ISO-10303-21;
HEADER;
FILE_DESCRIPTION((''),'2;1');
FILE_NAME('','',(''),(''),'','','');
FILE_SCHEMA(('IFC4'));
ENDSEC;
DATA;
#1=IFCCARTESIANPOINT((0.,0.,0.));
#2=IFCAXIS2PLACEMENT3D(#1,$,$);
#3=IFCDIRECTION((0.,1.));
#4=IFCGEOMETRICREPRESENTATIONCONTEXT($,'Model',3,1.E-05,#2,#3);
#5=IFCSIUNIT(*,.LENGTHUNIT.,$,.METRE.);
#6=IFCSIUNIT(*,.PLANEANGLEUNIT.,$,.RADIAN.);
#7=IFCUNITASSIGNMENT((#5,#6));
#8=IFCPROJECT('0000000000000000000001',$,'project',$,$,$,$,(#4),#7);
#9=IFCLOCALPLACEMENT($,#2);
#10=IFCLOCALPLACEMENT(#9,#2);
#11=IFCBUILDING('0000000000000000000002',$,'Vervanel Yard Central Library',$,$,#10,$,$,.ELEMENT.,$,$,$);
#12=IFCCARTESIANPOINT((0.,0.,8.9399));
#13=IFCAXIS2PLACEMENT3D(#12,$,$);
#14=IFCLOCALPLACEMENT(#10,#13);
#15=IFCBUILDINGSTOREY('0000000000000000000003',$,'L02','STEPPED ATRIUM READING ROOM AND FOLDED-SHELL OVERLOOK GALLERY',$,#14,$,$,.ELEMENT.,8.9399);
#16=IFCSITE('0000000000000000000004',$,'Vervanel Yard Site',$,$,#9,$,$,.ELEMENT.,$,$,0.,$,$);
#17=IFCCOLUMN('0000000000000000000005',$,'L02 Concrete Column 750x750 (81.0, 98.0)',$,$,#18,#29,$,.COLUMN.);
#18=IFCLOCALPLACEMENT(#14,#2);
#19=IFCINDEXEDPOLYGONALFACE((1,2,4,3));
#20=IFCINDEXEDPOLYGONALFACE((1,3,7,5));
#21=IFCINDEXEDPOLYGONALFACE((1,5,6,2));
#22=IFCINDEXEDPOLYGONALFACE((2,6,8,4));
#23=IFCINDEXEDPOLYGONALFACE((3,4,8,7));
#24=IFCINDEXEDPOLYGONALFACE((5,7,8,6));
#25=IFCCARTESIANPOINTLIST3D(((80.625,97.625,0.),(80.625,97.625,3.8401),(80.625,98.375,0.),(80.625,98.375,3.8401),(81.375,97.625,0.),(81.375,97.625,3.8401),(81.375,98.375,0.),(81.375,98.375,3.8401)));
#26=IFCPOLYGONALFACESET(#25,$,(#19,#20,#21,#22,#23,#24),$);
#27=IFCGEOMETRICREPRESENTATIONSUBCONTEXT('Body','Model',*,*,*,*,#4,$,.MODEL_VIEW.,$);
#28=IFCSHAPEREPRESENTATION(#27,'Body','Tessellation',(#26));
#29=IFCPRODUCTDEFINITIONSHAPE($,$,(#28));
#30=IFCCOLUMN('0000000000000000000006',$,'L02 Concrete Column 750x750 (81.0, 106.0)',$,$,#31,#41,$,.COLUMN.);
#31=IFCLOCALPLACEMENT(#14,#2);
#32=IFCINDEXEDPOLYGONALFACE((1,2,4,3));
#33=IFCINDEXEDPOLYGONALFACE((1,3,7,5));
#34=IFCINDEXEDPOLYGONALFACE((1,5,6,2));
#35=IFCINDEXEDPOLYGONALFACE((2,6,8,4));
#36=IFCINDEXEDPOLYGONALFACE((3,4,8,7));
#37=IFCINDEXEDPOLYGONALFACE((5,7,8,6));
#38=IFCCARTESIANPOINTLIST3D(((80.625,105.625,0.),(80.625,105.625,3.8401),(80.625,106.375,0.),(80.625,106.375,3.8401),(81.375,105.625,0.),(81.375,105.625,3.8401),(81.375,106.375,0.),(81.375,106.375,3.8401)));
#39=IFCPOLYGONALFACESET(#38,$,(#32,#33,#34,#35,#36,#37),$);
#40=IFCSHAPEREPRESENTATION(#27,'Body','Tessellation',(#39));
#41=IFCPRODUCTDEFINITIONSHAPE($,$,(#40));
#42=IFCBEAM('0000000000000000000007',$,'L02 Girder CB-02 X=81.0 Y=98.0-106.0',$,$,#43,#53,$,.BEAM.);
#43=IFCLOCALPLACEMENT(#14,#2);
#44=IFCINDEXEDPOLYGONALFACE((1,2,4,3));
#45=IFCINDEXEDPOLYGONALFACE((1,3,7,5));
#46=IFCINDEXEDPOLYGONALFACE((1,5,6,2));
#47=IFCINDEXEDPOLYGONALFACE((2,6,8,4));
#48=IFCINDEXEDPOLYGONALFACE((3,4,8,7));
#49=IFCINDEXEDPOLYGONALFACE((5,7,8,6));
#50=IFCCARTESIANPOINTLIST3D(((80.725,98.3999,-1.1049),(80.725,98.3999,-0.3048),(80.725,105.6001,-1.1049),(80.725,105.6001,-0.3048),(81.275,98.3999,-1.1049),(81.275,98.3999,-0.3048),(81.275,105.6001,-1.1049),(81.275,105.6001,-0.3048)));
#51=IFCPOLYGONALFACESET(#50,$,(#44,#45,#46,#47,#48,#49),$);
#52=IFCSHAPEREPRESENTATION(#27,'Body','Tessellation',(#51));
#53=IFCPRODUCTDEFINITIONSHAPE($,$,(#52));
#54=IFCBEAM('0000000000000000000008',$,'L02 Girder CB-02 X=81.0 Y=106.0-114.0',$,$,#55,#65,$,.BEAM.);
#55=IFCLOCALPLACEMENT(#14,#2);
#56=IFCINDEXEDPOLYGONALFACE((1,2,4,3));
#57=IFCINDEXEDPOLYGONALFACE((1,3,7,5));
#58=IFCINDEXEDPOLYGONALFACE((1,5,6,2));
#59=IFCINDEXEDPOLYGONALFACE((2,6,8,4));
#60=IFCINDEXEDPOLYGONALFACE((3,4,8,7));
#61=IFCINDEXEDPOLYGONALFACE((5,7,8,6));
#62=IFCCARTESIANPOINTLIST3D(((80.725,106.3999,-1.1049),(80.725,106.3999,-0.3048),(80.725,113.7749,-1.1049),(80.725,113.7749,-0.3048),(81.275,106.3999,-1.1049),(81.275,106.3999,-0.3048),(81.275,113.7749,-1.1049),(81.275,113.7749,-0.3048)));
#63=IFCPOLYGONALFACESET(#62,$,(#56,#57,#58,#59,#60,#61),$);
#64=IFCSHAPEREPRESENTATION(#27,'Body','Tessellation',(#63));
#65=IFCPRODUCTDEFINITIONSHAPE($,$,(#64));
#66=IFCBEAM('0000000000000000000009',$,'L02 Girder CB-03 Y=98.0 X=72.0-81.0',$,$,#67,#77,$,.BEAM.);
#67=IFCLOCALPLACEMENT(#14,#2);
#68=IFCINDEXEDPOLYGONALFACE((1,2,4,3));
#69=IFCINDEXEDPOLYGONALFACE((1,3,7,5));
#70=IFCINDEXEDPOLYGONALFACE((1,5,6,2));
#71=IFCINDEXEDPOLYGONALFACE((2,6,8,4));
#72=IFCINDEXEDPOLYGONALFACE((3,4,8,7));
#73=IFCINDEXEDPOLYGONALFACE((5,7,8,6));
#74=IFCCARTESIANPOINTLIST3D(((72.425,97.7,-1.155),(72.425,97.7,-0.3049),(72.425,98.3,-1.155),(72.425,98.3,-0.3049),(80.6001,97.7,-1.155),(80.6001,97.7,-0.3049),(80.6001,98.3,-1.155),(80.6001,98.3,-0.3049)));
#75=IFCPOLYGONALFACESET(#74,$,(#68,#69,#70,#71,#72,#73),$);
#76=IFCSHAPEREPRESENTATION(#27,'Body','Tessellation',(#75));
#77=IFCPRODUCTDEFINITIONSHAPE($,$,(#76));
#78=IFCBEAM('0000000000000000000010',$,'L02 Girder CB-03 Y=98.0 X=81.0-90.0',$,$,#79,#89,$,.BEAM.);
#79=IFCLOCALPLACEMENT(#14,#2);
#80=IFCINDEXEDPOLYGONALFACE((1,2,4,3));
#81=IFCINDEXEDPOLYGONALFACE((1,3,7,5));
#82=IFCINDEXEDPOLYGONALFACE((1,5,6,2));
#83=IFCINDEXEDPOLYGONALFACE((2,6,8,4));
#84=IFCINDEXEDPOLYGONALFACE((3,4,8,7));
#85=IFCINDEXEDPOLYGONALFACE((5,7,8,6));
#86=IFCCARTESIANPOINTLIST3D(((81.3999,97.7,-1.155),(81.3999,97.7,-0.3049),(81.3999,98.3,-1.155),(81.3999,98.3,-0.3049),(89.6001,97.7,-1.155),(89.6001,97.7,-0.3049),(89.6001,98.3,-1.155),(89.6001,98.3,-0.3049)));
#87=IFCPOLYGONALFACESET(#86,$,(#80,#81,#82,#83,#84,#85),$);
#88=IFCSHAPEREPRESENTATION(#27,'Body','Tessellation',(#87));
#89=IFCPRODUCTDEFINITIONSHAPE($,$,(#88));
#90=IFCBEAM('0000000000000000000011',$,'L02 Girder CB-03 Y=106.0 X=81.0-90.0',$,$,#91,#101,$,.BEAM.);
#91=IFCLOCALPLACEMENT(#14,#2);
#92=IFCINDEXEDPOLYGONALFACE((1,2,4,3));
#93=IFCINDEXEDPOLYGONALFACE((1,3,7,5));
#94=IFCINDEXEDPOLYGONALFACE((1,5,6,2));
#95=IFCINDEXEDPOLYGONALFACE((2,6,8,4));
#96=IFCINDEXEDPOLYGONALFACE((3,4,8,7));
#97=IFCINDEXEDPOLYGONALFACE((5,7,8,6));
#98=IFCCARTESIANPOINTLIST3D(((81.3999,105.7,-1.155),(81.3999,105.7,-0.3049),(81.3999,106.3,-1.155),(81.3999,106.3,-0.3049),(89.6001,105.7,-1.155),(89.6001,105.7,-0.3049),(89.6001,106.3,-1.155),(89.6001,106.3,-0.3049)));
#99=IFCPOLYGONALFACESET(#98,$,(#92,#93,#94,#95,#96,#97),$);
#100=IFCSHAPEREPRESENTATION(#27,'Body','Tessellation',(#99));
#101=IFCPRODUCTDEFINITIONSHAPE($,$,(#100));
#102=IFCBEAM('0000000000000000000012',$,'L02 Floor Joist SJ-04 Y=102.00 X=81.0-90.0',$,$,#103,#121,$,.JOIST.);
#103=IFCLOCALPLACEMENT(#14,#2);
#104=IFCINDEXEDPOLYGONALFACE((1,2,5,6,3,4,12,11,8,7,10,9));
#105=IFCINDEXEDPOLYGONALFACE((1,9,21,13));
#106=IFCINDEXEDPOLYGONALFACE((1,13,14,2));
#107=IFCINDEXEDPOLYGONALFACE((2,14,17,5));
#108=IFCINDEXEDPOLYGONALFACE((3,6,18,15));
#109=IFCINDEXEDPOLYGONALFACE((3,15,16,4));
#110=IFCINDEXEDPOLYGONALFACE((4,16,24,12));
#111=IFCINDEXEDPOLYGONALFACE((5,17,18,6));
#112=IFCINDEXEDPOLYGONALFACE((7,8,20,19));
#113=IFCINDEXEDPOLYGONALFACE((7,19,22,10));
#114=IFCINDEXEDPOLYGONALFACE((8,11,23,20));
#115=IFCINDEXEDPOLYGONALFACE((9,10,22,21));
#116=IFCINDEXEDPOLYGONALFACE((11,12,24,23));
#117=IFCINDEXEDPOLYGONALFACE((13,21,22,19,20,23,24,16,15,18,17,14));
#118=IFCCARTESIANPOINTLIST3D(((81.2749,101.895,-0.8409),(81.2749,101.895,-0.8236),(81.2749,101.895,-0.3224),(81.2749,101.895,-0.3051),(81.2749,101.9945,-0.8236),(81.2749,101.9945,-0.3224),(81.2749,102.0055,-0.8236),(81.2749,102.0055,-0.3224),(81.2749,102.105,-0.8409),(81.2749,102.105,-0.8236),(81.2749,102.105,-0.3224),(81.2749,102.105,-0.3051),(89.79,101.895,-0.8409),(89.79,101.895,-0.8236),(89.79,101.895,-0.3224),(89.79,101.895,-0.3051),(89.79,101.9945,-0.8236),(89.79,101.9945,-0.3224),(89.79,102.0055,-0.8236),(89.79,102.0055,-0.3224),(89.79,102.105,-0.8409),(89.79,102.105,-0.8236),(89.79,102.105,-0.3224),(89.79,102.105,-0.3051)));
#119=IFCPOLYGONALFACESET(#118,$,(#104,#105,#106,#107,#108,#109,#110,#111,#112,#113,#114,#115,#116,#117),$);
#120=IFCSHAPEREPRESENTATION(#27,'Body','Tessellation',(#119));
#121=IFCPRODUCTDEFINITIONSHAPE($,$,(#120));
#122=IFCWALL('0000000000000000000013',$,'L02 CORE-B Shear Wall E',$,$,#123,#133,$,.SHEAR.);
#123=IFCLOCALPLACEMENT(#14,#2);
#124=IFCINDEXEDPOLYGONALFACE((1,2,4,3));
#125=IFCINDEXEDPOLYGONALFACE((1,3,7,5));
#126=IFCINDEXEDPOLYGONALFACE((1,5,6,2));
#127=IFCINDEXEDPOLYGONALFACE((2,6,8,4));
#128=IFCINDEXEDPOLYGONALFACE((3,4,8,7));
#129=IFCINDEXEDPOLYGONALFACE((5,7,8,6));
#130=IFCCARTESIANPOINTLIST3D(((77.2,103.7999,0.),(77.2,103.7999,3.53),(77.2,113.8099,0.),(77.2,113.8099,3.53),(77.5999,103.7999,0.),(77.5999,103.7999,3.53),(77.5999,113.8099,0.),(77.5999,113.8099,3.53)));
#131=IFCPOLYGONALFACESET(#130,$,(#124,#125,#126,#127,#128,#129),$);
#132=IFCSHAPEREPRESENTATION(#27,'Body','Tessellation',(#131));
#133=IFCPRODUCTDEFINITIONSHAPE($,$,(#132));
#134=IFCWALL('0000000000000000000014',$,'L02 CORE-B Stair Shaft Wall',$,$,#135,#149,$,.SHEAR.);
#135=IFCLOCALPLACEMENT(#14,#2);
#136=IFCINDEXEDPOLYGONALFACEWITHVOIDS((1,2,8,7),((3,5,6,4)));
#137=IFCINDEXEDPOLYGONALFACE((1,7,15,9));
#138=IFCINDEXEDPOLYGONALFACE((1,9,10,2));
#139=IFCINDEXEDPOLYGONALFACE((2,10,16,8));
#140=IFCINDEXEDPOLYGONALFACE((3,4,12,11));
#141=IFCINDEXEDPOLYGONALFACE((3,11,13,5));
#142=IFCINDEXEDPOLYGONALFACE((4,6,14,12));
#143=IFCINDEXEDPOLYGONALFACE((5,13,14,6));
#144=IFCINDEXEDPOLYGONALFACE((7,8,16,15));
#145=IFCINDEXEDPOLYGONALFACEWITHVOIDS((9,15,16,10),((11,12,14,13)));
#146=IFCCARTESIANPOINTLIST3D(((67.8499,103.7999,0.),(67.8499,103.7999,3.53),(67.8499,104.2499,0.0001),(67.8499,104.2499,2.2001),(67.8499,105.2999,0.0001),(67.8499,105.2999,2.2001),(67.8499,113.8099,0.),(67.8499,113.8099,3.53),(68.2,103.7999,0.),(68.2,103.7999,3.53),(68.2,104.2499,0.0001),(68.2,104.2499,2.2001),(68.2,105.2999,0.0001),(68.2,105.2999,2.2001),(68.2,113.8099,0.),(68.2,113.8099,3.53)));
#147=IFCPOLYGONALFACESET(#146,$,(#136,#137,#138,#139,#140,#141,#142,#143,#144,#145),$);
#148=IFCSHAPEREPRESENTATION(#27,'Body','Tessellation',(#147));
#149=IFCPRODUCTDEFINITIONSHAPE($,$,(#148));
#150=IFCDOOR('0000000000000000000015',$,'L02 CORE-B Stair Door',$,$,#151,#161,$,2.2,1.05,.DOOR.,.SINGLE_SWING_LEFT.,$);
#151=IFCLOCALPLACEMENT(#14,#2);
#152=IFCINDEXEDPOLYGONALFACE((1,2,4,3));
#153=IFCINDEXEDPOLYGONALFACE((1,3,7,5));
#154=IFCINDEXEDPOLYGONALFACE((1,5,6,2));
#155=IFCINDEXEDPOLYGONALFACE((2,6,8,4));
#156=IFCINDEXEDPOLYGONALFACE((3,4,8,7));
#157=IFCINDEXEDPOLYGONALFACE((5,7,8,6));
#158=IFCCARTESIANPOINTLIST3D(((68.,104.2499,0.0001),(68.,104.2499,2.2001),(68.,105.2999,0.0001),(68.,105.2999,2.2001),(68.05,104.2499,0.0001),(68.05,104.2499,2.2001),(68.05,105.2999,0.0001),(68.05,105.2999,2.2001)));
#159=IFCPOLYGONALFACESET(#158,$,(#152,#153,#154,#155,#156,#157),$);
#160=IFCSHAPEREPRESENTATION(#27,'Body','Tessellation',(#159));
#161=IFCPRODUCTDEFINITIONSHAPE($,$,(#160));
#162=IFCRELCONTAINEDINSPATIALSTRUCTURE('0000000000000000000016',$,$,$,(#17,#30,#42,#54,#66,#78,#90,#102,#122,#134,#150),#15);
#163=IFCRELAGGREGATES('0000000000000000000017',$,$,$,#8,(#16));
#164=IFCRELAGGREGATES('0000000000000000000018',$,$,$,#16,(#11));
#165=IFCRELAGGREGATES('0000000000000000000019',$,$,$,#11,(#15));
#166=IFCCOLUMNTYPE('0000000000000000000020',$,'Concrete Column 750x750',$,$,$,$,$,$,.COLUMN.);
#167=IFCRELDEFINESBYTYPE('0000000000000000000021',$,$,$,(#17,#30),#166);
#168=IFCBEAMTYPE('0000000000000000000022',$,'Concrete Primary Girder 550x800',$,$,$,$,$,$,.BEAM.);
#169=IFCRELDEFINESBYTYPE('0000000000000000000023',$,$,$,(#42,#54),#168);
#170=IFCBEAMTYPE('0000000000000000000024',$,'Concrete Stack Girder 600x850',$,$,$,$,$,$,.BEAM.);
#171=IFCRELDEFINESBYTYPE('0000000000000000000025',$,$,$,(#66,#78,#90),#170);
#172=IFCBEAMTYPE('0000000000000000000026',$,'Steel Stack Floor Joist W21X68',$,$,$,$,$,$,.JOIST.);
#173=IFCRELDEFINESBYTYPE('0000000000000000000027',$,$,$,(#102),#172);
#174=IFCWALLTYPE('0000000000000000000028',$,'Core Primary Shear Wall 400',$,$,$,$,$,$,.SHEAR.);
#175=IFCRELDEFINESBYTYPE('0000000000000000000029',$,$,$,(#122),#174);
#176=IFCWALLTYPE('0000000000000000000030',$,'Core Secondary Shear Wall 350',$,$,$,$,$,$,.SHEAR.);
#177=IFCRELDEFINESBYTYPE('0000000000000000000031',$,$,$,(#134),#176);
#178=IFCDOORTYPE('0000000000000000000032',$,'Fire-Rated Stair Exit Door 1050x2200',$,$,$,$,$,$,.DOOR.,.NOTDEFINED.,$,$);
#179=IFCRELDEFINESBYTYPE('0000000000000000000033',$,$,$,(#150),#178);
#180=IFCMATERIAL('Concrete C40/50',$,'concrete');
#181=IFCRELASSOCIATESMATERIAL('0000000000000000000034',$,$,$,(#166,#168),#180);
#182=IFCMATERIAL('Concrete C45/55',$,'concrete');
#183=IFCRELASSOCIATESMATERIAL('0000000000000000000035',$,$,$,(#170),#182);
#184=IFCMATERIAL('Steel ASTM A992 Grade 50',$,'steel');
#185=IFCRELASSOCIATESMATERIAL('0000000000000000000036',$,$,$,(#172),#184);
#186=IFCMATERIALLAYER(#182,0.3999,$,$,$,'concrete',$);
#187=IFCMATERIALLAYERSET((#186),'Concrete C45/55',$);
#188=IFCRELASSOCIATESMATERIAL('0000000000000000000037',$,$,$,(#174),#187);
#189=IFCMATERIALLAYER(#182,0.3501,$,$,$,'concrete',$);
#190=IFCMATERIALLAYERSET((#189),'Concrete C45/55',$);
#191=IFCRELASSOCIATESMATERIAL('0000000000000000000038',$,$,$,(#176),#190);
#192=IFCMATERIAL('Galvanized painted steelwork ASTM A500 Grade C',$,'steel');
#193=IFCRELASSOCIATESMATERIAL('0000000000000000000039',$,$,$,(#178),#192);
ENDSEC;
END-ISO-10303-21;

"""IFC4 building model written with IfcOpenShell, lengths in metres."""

from ifc_helpers import new_model, si_unit, direction, frame, frame_2d, origin, origin_2d, place, context, subcontext, project, spatial, rectangle, i_section, extrude, material, layer, layer_set, material_profile, profile_set, type_object, element, fill, save


model = new_model("IFC4")

# Units and contexts
model_context = context("Model", 3, precision=1e-05, world=origin(), true_north=direction((0.0, 1.0)))
body_context = subcontext(model_context, "Body", "Model", "MODEL_VIEW")
ifc_project = project(units=[si_unit("LENGTHUNIT", "METRE"), si_unit("PLANEANGLEUNIT", "RADIAN")], contexts=[model_context])

# Site, building, storey
site_placement = place(None, origin())
site = spatial("IfcSite", under=ifc_project, at=site_placement, Name="Vervanel Yard Site", CompositionType="ELEMENT", RefElevation=0.0)
building_placement = place(site_placement, origin())
building = spatial("IfcBuilding", under=site, at=building_placement, Name="Vervanel Yard Central Library", CompositionType="ELEMENT")
storey_placement = place(building_placement, frame((0.0, 0.0, 8.9399)))
storey = spatial("IfcBuildingStorey", under=building, at=storey_placement, Name="L02", Description="STEPPED ATRIUM READING ROOM AND FOLDED-SHELL OVERLOOK GALLERY", CompositionType="ELEMENT", Elevation=8.9399)

# Columns
ifc_material_1 = material(Name="Concrete C40/50", Category="concrete")
ifc_material_profile_1 = material_profile(ifc_material_1, rectangle(XDim=0.75, YDim=0.75, at=origin_2d()), Name="RC 750x750", Category="concrete")
ifc_profile_set_1 = profile_set([ifc_material_profile_1], Name="Concrete C40/50")
column_type = type_object("IfcColumnType", Name="Concrete Column 750x750", PredefinedType="COLUMN", material=ifc_profile_set_1)
for number, where, z_axis, x_axis, name in (
    (1, (81.0, 98.0, 0.0), (0.0, 0.0, 1.0), (1.0, 0.0, 0.0), "L02 Concrete Column 750x750 (81.0, 98.0)"),
    (2, (81.0, 106.0, 0.0), (0.0, 0.0, 1.0), (1.0, 0.0, 0.0), "L02 Concrete Column 750x750 (81.0, 106.0)"),
):
    element("IfcColumn", number, at=place(storey_placement, frame(where, z_axis=z_axis, x_axis=x_axis)), inside=storey, type_object=column_type, Name=name, PredefinedType="COLUMN", context=body_context, shape_type="SweptSolid", body=[
        extrude(rectangle(XDim=0.75, YDim=0.75, at=origin_2d()), origin(), (0.0, 0.0, 1.0), 3.8401),
    ])

# Beams
ifc_material_profile_2 = material_profile(ifc_material_1, rectangle(XDim=0.55, YDim=0.8, at=origin_2d()), Name="RC 550x800", Category="concrete")
ifc_profile_set_2 = profile_set([ifc_material_profile_2], Name="Concrete C40/50")
beam_type_1 = type_object("IfcBeamType", Name="Concrete Primary Girder 550x800", PredefinedType="BEAM", material=ifc_profile_set_2)
beam_1_placement = place(storey_placement, frame((81.0, 98.3999, -0.7048), z_axis=(0.0, 1.0, 0.0), x_axis=(-1.0, 0.0, 0.0)))
element("IfcBeam", 3, at=beam_1_placement, inside=storey, type_object=beam_type_1, Name="L02 Girder CB-02 X=81.0 Y=98.0-106.0", PredefinedType="BEAM", context=body_context, shape_type="SweptSolid", body=[
    extrude(rectangle(XDim=0.55, YDim=0.8, at=origin_2d()), origin(), (0.0, 0.0, 1.0), 7.2002),
])
beam_2_placement = place(storey_placement, frame((81.0, 106.3999, -0.7048), z_axis=(0.0, 1.0, 0.0), x_axis=(-1.0, 0.0, 0.0)))
element("IfcBeam", 4, at=beam_2_placement, inside=storey, type_object=beam_type_1, Name="L02 Girder CB-02 X=81.0 Y=106.0-114.0", PredefinedType="BEAM", context=body_context, shape_type="SweptSolid", body=[
    extrude(rectangle(XDim=0.55, YDim=0.8, at=origin_2d()), origin(), (0.0, 0.0, 1.0), 7.375),
])
ifc_material_2 = material(Name="Concrete C45/55", Category="concrete")
ifc_material_profile_3 = material_profile(ifc_material_2, rectangle(XDim=0.6001, YDim=0.8501, at=origin_2d()), Name="RC 600x850", Category="concrete")
ifc_profile_set_3 = profile_set([ifc_material_profile_3], Name="Concrete C45/55")
beam_type_2 = type_object("IfcBeamType", Name="Concrete Stack Girder 600x850", PredefinedType="BEAM", material=ifc_profile_set_3)
beam_3_placement = place(storey_placement, frame((72.425, 98.0, -0.73), z_axis=(1.0, 0.0, 0.0), x_axis=(0.0, 1.0, 0.0)))
element("IfcBeam", 5, at=beam_3_placement, inside=storey, type_object=beam_type_2, Name="L02 Girder CB-03 Y=98.0 X=72.0-81.0", PredefinedType="BEAM", context=body_context, shape_type="SweptSolid", body=[
    extrude(rectangle(XDim=0.6001, YDim=0.8501, at=origin_2d()), origin(), (0.0, 0.0, 1.0), 8.175),
])
for number, where, z_axis, x_axis, name in (
    (6, (81.3999, 98.0, -0.73), (1.0, 0.0, 0.0), (0.0, 1.0, 0.0), "L02 Girder CB-03 Y=98.0 X=81.0-90.0"),
    (7, (81.3999, 106.0, -0.73), (1.0, 0.0, 0.0), (0.0, 1.0, 0.0), "L02 Girder CB-03 Y=106.0 X=81.0-90.0"),
):
    element("IfcBeam", number, at=place(storey_placement, frame(where, z_axis=z_axis, x_axis=x_axis)), inside=storey, type_object=beam_type_2, Name=name, PredefinedType="BEAM", context=body_context, shape_type="SweptSolid", body=[
        extrude(rectangle(XDim=0.6001, YDim=0.8501, at=origin_2d()), origin(), (0.0, 0.0, 1.0), 8.2002),
    ])
ifc_material_3 = material(Name="Steel ASTM A992 Grade 50", Category="steel")
ifc_material_profile_4 = material_profile(ifc_material_3, i_section(OverallWidth=0.21, OverallDepth=0.5359, WebThickness=0.011, FlangeThickness=0.0173, at=origin_2d()), Name="W21X68", Category="steel")
ifc_profile_set_4 = profile_set([ifc_material_profile_4], Name="Steel ASTM A992 Grade 50")
beam_type_3 = type_object("IfcBeamType", Name="Steel Stack Floor Joist W21X68", PredefinedType="JOIST", material=ifc_profile_set_4)
beam_4_placement = place(storey_placement, frame((81.2749, 102.0, -0.573), z_axis=(1.0, 0.0, 0.0), x_axis=(0.0, 1.0, 0.0)))
element("IfcBeam", 8, at=beam_4_placement, inside=storey, type_object=beam_type_3, Name="L02 Floor Joist SJ-04 Y=102.00 X=81.0-90.0", PredefinedType="JOIST", context=body_context, shape_type="SweptSolid", body=[
    extrude(i_section(OverallWidth=0.21, OverallDepth=0.5359, WebThickness=0.011, FlangeThickness=0.0173, at=origin_2d()), origin(), (0.0, 0.0, 1.0), 8.5151),
])

# Wall
ifc_layer_1 = layer(ifc_material_2, 0.3999, Category="concrete")
ifc_layer_set_1 = layer_set([ifc_layer_1], Name="Concrete C45/55")
wall_type_1 = type_object("IfcWallType", Name="Core Primary Shear Wall 400", PredefinedType="SHEAR", material=ifc_layer_set_1)
wall_1_placement = place(storey_placement, frame((77.3999, 103.8, 0.0), z_axis=(0.0, 0.0, 1.0), x_axis=(0.0, 1.0, 0.0)))
element("IfcWall", 9, at=wall_1_placement, inside=storey, type_object=wall_type_1, Name="L02 CORE-B Shear Wall E", PredefinedType="SHEAR", context=body_context, shape_type="SweptSolid", body=[
    extrude(rectangle(XDim=10.01, YDim=0.3999, at=frame_2d((5.0049, 0.0))), origin(), (0.0, 0.0, 1.0), 3.53),
])

# Wall, opening, door
ifc_layer_2 = layer(ifc_material_2, 0.3501, Category="concrete")
ifc_layer_set_2 = layer_set([ifc_layer_2], Name="Concrete C45/55")
wall_type_2 = type_object("IfcWallType", Name="Core Secondary Shear Wall 350", PredefinedType="SHEAR", material=ifc_layer_set_2)
wall_2_placement = place(storey_placement, frame((68.0249, 103.8, 0.0), z_axis=(0.0, 0.0, 1.0), x_axis=(0.0, 1.0, 0.0)))
wall_2 = element("IfcWall", 10, at=wall_2_placement, inside=storey, type_object=wall_type_2, Name="L02 CORE-B Stair Shaft Wall", PredefinedType="SHEAR", context=body_context, shape_type="SweptSolid", body=[
    extrude(rectangle(XDim=10.01, YDim=0.3501, at=frame_2d((5.0049, 0.0))), origin(), (0.0, 0.0, 1.0), 3.53),
])
opening_1_placement = place(wall_2_placement, frame((0.45, 0.0, 0.0)))
opening_1 = element("IfcOpeningElement", 11, at=opening_1_placement, cuts=wall_2, PredefinedType="OPENING", context=body_context, shape_type="SweptSolid", body=[
    extrude(rectangle(XDim=1.05, YDim=2.2, at=frame_2d((0.5249, 1.1001))), frame((0.0, 0.1851, 0.0), z_axis=(0.0, -1.0, 0.0), x_axis=(1.0, 0.0, 0.0)), (0.0, 0.0, 1.0), 0.3701),
])
ifc_material_4 = material(Name="Galvanized painted steelwork ASTM A500 Grade C", Category="steel")
door_type_1 = type_object("IfcDoorType", Name="Fire-Rated Stair Exit Door 1050x2200", OperationType="NOTDEFINED", PredefinedType="DOOR", material=ifc_material_4)
door_1_placement = place(opening_1_placement, origin())
door_1 = element("IfcDoor", 12, at=door_1_placement, inside=storey, type_object=door_type_1, Name="L02 CORE-B Stair Door", OperationType="SINGLE_SWING_LEFT", OverallHeight=2.2, OverallWidth=1.05, PredefinedType="DOOR", context=body_context, shape_type="SweptSolid", body=[
    extrude(rectangle(XDim=1.05, YDim=2.2, at=frame_2d((0.5249, 1.1001))), frame((0.0, 0.0249, 0.0), z_axis=(0.0, -1.0, 0.0), x_axis=(1.0, 0.0, 0.0)), (0.0, 0.0, 1.0), 0.05),
])
fill(opening_1, door_1)

save(model, "model.ifc")
